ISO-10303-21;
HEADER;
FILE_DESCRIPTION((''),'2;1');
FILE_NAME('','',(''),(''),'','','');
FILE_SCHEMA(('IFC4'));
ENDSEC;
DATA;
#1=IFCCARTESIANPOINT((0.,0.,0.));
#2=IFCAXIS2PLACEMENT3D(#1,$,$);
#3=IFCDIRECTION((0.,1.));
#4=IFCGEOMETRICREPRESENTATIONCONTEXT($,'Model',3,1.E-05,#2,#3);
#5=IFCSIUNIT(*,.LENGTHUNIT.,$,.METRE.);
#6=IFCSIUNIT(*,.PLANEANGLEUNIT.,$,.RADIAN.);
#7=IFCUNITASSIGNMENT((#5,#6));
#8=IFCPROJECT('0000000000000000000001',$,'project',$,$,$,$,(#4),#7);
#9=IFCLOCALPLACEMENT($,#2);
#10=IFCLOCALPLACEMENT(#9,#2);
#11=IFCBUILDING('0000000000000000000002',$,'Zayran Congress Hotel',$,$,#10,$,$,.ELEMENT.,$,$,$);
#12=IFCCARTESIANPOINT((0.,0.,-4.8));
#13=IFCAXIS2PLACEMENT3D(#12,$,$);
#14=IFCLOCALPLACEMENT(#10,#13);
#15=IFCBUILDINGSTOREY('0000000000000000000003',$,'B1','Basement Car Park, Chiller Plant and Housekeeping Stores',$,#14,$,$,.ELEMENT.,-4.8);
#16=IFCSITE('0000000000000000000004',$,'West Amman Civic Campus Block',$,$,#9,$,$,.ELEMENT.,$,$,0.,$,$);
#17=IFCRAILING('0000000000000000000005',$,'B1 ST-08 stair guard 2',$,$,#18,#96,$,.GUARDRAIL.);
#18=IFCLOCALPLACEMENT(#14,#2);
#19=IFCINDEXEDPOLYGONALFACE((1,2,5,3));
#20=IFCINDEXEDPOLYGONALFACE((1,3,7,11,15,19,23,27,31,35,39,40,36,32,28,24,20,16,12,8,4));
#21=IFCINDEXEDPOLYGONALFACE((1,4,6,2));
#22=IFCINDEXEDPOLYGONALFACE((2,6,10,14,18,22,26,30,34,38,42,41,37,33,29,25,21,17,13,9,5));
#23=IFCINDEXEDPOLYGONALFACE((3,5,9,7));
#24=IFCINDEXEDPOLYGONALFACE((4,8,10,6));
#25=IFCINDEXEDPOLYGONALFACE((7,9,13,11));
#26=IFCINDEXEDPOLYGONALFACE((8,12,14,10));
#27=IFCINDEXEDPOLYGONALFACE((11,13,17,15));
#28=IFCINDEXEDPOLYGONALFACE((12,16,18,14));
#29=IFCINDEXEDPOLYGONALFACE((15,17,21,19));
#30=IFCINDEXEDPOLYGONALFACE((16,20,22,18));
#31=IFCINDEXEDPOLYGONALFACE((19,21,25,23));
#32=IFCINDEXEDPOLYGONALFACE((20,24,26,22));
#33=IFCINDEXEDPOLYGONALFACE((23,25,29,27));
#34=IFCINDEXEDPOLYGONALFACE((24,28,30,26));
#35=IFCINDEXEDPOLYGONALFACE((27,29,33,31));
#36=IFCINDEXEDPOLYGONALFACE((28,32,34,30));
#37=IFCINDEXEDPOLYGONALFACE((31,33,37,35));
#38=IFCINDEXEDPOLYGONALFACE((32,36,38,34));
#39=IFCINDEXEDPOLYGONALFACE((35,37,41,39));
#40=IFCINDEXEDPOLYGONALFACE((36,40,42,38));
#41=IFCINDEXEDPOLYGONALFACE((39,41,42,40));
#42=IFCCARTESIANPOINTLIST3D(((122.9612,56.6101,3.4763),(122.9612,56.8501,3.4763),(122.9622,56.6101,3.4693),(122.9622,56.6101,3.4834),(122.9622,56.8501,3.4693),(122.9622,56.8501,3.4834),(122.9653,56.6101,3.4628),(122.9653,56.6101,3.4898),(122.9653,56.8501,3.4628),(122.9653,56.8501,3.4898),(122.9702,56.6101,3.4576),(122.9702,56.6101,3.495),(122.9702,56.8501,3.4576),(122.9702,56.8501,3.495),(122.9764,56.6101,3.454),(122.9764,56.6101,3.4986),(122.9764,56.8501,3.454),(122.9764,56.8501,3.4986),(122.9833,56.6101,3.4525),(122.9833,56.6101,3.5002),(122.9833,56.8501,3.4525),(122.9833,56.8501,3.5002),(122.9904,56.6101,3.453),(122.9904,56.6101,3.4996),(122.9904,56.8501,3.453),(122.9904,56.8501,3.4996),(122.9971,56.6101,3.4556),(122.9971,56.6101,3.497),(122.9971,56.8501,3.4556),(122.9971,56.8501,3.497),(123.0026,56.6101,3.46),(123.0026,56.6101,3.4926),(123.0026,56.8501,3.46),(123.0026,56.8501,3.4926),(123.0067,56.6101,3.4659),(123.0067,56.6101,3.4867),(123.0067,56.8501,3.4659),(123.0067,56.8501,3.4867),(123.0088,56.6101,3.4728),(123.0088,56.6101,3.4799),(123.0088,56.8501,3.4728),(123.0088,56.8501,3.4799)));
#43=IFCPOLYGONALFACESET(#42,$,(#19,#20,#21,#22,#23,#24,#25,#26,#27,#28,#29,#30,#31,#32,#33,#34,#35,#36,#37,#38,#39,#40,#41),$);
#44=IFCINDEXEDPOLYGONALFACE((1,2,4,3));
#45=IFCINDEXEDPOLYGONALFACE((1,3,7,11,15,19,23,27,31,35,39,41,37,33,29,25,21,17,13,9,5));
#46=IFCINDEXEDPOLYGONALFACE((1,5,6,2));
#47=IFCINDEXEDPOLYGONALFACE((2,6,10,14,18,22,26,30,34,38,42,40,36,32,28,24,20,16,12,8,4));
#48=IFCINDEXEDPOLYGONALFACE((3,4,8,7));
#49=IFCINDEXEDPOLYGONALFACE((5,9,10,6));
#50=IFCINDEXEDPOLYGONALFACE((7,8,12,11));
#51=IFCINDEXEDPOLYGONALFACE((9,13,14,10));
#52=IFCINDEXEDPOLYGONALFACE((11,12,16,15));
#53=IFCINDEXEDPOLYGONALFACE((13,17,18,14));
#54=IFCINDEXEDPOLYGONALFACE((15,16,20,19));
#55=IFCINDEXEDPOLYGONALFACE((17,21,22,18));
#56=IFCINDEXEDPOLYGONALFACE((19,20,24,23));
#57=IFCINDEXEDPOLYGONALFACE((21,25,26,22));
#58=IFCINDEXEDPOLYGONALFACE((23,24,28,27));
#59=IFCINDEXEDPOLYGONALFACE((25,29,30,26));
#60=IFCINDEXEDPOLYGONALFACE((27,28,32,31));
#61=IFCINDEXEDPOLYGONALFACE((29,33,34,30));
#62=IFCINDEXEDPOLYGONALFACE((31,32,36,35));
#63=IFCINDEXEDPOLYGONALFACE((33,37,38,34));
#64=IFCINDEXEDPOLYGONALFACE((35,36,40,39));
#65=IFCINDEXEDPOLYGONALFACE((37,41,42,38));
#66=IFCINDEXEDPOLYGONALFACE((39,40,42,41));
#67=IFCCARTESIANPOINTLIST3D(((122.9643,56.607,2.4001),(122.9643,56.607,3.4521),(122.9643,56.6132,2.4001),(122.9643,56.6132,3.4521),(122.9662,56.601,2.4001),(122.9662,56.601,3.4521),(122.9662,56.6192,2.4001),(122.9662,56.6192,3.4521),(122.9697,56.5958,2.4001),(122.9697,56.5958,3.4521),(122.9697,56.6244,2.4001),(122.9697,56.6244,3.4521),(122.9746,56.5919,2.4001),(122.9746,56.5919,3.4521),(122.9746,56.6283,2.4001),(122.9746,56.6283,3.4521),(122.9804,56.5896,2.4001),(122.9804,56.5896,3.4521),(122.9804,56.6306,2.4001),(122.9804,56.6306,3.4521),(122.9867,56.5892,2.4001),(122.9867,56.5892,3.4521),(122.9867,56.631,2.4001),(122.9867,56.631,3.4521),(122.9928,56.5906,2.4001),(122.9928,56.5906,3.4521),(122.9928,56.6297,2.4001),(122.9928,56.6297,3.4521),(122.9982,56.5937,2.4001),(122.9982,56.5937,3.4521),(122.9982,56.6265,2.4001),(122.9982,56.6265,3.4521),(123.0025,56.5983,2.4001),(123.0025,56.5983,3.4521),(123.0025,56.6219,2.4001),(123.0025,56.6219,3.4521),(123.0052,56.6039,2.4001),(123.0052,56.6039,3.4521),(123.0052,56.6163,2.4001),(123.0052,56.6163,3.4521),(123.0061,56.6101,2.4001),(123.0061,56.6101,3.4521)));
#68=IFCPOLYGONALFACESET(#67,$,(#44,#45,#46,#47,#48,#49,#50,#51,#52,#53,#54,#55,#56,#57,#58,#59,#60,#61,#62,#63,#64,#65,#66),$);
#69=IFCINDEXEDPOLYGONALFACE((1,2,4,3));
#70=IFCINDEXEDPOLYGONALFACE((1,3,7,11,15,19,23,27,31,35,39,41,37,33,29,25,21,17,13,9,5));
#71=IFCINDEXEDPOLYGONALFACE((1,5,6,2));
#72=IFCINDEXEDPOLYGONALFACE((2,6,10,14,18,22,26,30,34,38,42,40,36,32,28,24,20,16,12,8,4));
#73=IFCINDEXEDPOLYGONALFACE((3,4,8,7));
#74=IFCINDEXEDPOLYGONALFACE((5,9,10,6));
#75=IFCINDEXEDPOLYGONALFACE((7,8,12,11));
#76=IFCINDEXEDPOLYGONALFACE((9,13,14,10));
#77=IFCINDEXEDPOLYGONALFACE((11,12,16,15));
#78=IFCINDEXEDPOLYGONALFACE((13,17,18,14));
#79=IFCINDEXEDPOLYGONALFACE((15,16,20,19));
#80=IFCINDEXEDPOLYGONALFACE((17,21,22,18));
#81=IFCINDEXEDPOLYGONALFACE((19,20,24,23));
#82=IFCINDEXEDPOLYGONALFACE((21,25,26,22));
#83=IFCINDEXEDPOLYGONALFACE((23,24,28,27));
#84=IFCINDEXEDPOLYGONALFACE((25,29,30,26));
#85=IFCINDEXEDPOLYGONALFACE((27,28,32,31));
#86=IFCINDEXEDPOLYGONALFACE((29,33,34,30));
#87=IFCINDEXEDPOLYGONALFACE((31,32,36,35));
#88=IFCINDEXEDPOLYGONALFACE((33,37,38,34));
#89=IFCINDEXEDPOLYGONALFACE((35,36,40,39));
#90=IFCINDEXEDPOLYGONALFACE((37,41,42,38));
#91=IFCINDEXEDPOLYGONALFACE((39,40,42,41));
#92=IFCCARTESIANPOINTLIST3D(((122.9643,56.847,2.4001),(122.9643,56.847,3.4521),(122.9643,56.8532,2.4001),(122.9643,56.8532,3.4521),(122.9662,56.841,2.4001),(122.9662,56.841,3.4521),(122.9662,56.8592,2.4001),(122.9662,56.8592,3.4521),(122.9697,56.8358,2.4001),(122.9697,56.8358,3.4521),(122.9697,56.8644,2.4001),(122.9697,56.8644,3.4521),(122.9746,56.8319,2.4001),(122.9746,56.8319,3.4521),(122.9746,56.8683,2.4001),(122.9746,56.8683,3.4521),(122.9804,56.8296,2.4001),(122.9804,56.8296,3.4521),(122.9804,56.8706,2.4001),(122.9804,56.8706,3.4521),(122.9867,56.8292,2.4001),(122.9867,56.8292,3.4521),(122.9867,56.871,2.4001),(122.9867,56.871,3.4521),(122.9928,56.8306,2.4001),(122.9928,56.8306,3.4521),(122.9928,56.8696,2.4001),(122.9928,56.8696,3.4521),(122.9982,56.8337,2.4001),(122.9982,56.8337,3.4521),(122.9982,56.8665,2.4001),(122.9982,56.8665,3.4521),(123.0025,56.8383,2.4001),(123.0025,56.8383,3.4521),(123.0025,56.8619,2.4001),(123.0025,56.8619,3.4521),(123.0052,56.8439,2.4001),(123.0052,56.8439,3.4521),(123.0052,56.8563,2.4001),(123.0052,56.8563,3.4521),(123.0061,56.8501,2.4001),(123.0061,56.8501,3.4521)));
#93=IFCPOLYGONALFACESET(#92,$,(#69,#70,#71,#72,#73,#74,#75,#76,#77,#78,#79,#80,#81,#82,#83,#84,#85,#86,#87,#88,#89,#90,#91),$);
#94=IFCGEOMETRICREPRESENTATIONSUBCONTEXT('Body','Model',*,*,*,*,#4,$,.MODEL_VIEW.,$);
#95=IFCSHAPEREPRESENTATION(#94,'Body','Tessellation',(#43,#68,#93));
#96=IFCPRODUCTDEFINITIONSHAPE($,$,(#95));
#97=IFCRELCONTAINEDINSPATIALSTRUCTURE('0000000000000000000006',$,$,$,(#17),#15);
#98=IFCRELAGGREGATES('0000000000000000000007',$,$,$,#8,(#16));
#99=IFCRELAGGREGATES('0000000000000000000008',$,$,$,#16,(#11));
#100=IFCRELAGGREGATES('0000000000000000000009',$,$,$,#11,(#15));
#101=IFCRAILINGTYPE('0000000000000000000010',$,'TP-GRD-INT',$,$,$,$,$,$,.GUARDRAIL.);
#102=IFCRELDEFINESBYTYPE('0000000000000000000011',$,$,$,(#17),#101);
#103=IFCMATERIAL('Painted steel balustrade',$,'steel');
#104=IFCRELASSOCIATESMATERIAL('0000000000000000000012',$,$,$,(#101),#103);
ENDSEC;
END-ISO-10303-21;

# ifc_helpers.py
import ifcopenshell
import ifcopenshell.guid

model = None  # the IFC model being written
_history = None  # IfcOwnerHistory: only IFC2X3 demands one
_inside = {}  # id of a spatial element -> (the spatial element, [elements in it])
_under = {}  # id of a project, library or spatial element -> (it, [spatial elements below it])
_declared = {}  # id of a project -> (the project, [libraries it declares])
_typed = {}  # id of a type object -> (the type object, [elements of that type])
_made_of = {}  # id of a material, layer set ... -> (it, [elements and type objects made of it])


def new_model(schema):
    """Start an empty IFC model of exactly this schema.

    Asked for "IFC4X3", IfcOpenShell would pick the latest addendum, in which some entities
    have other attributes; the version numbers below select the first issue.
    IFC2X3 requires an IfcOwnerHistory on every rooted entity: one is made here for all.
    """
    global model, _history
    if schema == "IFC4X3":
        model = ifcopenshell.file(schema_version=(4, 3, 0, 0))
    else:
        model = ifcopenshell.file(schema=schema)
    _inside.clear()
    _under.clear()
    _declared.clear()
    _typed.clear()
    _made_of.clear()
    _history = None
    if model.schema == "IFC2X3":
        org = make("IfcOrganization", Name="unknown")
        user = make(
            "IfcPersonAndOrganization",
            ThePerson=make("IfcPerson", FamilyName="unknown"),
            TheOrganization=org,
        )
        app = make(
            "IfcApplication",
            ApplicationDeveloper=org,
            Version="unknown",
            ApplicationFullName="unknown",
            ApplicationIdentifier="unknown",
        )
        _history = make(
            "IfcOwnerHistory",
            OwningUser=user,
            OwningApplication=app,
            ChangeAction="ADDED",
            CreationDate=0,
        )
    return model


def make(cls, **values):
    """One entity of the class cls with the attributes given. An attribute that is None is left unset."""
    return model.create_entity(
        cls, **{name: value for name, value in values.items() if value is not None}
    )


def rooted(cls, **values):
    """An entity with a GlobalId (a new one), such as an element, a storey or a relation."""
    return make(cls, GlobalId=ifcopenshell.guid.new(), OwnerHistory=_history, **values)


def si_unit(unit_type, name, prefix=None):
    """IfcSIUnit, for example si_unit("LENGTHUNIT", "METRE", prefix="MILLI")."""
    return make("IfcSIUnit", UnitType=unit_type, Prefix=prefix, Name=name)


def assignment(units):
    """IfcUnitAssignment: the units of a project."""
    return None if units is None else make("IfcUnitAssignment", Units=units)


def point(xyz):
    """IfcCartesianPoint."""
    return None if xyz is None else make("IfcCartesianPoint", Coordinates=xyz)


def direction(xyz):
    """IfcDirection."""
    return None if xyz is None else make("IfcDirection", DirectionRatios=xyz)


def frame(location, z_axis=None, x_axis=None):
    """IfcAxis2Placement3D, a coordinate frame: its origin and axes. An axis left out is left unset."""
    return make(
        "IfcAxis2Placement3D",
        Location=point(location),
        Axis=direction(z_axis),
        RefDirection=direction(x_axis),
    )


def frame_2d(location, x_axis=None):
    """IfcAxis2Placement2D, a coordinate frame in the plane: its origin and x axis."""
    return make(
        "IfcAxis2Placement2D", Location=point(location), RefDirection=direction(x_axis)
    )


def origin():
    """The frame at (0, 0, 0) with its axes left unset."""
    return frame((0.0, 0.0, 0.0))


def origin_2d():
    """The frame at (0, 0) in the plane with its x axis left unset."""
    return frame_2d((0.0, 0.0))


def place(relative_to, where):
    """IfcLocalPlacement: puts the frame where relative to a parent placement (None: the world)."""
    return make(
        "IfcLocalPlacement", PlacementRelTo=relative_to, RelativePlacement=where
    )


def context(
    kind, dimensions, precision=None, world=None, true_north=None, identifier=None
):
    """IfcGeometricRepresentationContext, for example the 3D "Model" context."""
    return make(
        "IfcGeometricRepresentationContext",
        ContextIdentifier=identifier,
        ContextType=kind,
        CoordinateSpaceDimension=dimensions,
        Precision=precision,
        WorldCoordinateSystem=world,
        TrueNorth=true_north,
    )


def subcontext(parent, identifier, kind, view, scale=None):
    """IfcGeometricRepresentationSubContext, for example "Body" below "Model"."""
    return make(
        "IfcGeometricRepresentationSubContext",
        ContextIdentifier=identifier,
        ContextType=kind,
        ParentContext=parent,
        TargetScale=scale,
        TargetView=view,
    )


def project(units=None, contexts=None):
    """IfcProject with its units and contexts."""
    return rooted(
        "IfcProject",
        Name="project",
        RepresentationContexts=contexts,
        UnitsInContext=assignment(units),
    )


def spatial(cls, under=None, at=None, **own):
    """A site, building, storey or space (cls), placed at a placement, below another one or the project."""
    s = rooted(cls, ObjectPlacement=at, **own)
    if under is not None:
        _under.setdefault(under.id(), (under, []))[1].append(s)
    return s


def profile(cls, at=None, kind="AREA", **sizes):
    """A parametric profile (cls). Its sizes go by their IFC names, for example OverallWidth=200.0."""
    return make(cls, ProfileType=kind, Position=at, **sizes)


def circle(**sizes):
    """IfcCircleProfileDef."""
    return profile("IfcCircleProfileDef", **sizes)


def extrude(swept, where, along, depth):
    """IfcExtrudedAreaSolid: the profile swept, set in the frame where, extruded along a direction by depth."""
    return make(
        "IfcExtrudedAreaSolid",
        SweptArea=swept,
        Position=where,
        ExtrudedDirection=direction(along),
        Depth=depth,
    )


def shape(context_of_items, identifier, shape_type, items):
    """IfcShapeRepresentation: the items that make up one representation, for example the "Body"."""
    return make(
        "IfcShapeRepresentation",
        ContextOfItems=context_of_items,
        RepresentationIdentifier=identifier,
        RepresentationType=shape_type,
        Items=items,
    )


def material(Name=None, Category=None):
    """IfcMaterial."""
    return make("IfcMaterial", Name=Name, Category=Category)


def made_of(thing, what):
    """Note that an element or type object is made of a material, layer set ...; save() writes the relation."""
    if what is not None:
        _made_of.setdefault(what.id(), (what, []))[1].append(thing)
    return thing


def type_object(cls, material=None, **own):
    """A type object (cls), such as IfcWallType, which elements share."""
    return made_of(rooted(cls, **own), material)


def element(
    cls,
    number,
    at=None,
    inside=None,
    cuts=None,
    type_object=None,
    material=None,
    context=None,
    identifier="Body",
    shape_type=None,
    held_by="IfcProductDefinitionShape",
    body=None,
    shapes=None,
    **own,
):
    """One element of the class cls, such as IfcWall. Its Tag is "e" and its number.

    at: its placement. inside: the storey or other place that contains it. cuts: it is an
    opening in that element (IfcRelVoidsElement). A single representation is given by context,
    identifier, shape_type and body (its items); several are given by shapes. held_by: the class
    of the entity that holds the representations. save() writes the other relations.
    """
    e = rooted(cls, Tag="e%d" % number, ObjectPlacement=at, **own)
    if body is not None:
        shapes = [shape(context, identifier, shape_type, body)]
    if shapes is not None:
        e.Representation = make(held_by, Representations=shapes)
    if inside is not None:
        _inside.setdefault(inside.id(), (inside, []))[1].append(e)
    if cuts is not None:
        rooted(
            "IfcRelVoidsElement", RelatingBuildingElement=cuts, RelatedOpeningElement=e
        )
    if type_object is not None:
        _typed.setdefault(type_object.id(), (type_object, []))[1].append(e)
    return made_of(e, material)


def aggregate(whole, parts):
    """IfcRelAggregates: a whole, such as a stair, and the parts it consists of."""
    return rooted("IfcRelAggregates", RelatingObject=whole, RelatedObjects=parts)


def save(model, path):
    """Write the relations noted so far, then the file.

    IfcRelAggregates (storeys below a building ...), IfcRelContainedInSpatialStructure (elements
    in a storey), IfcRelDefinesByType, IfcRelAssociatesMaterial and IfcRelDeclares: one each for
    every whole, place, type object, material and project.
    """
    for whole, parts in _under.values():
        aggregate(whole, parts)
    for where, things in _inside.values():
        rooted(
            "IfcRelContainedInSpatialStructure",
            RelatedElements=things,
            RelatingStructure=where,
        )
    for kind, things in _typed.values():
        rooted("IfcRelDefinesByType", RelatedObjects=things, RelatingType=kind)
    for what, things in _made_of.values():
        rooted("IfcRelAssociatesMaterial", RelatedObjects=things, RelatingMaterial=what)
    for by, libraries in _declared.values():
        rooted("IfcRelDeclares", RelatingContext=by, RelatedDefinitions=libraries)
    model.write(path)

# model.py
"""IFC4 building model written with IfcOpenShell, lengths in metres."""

from ifc_helpers import new_model, si_unit, direction, frame, origin, origin_2d, place, context, subcontext, project, spatial, circle, extrude, material, type_object, element, save


model = new_model("IFC4")

# Units and contexts
model_context = context("Model", 3, precision=1e-05, world=origin(), true_north=direction((0.0, 1.0)))
body_context = subcontext(model_context, "Body", "Model", "MODEL_VIEW")
ifc_project = project(units=[si_unit("LENGTHUNIT", "METRE"), si_unit("PLANEANGLEUNIT", "RADIAN")], contexts=[model_context])

# Site, building, storey
site_placement = place(None, origin())
site = spatial("IfcSite", under=ifc_project, at=site_placement, Name="West Amman Civic Campus Block", CompositionType="ELEMENT", RefElevation=0.0)
building_placement = place(site_placement, origin())
building = spatial("IfcBuilding", under=site, at=building_placement, Name="Zayran Congress Hotel", CompositionType="ELEMENT")
storey_placement = place(building_placement, frame((0.0, 0.0, -4.8)))
storey = spatial("IfcBuildingStorey", under=building, at=storey_placement, Name="B1", Description="Basement Car Park, Chiller Plant and Housekeeping Stores", CompositionType="ELEMENT", Elevation=-4.8)

# Railing
ifc_material_1 = material(Name="Painted steel balustrade", Category="steel")
railing_type_1 = type_object("IfcRailingType", Name="TP-GRD-INT", PredefinedType="GUARDRAIL", material=ifc_material_1)
railing_1_placement = place(storey_placement, frame((122.9851, 56.6101, 2.4001)))
element("IfcRailing", 1, at=railing_1_placement, inside=storey, type_object=railing_type_1, Name="B1 ST-08 stair guard 2", PredefinedType="GUARDRAIL", context=body_context, shape_type="SweptSolid", body=[
    extrude(circle(Radius=0.0239, at=origin_2d()), frame((0.0, 0.0, 1.0762), z_axis=(0.0, 1.0, 0.0), x_axis=(-1.0, 0.0, 0.0)), (0.0, 0.0, 1.0), 0.24),
    extrude(circle(Radius=0.021, at=origin_2d()), origin(), (0.0, 0.0, 1.0), 1.052),
    extrude(circle(Radius=0.021, at=origin_2d()), frame((0.0, 0.24, 0.0)), (0.0, 0.0, 1.0), 1.052),
])

save(model, "model.ifc")
